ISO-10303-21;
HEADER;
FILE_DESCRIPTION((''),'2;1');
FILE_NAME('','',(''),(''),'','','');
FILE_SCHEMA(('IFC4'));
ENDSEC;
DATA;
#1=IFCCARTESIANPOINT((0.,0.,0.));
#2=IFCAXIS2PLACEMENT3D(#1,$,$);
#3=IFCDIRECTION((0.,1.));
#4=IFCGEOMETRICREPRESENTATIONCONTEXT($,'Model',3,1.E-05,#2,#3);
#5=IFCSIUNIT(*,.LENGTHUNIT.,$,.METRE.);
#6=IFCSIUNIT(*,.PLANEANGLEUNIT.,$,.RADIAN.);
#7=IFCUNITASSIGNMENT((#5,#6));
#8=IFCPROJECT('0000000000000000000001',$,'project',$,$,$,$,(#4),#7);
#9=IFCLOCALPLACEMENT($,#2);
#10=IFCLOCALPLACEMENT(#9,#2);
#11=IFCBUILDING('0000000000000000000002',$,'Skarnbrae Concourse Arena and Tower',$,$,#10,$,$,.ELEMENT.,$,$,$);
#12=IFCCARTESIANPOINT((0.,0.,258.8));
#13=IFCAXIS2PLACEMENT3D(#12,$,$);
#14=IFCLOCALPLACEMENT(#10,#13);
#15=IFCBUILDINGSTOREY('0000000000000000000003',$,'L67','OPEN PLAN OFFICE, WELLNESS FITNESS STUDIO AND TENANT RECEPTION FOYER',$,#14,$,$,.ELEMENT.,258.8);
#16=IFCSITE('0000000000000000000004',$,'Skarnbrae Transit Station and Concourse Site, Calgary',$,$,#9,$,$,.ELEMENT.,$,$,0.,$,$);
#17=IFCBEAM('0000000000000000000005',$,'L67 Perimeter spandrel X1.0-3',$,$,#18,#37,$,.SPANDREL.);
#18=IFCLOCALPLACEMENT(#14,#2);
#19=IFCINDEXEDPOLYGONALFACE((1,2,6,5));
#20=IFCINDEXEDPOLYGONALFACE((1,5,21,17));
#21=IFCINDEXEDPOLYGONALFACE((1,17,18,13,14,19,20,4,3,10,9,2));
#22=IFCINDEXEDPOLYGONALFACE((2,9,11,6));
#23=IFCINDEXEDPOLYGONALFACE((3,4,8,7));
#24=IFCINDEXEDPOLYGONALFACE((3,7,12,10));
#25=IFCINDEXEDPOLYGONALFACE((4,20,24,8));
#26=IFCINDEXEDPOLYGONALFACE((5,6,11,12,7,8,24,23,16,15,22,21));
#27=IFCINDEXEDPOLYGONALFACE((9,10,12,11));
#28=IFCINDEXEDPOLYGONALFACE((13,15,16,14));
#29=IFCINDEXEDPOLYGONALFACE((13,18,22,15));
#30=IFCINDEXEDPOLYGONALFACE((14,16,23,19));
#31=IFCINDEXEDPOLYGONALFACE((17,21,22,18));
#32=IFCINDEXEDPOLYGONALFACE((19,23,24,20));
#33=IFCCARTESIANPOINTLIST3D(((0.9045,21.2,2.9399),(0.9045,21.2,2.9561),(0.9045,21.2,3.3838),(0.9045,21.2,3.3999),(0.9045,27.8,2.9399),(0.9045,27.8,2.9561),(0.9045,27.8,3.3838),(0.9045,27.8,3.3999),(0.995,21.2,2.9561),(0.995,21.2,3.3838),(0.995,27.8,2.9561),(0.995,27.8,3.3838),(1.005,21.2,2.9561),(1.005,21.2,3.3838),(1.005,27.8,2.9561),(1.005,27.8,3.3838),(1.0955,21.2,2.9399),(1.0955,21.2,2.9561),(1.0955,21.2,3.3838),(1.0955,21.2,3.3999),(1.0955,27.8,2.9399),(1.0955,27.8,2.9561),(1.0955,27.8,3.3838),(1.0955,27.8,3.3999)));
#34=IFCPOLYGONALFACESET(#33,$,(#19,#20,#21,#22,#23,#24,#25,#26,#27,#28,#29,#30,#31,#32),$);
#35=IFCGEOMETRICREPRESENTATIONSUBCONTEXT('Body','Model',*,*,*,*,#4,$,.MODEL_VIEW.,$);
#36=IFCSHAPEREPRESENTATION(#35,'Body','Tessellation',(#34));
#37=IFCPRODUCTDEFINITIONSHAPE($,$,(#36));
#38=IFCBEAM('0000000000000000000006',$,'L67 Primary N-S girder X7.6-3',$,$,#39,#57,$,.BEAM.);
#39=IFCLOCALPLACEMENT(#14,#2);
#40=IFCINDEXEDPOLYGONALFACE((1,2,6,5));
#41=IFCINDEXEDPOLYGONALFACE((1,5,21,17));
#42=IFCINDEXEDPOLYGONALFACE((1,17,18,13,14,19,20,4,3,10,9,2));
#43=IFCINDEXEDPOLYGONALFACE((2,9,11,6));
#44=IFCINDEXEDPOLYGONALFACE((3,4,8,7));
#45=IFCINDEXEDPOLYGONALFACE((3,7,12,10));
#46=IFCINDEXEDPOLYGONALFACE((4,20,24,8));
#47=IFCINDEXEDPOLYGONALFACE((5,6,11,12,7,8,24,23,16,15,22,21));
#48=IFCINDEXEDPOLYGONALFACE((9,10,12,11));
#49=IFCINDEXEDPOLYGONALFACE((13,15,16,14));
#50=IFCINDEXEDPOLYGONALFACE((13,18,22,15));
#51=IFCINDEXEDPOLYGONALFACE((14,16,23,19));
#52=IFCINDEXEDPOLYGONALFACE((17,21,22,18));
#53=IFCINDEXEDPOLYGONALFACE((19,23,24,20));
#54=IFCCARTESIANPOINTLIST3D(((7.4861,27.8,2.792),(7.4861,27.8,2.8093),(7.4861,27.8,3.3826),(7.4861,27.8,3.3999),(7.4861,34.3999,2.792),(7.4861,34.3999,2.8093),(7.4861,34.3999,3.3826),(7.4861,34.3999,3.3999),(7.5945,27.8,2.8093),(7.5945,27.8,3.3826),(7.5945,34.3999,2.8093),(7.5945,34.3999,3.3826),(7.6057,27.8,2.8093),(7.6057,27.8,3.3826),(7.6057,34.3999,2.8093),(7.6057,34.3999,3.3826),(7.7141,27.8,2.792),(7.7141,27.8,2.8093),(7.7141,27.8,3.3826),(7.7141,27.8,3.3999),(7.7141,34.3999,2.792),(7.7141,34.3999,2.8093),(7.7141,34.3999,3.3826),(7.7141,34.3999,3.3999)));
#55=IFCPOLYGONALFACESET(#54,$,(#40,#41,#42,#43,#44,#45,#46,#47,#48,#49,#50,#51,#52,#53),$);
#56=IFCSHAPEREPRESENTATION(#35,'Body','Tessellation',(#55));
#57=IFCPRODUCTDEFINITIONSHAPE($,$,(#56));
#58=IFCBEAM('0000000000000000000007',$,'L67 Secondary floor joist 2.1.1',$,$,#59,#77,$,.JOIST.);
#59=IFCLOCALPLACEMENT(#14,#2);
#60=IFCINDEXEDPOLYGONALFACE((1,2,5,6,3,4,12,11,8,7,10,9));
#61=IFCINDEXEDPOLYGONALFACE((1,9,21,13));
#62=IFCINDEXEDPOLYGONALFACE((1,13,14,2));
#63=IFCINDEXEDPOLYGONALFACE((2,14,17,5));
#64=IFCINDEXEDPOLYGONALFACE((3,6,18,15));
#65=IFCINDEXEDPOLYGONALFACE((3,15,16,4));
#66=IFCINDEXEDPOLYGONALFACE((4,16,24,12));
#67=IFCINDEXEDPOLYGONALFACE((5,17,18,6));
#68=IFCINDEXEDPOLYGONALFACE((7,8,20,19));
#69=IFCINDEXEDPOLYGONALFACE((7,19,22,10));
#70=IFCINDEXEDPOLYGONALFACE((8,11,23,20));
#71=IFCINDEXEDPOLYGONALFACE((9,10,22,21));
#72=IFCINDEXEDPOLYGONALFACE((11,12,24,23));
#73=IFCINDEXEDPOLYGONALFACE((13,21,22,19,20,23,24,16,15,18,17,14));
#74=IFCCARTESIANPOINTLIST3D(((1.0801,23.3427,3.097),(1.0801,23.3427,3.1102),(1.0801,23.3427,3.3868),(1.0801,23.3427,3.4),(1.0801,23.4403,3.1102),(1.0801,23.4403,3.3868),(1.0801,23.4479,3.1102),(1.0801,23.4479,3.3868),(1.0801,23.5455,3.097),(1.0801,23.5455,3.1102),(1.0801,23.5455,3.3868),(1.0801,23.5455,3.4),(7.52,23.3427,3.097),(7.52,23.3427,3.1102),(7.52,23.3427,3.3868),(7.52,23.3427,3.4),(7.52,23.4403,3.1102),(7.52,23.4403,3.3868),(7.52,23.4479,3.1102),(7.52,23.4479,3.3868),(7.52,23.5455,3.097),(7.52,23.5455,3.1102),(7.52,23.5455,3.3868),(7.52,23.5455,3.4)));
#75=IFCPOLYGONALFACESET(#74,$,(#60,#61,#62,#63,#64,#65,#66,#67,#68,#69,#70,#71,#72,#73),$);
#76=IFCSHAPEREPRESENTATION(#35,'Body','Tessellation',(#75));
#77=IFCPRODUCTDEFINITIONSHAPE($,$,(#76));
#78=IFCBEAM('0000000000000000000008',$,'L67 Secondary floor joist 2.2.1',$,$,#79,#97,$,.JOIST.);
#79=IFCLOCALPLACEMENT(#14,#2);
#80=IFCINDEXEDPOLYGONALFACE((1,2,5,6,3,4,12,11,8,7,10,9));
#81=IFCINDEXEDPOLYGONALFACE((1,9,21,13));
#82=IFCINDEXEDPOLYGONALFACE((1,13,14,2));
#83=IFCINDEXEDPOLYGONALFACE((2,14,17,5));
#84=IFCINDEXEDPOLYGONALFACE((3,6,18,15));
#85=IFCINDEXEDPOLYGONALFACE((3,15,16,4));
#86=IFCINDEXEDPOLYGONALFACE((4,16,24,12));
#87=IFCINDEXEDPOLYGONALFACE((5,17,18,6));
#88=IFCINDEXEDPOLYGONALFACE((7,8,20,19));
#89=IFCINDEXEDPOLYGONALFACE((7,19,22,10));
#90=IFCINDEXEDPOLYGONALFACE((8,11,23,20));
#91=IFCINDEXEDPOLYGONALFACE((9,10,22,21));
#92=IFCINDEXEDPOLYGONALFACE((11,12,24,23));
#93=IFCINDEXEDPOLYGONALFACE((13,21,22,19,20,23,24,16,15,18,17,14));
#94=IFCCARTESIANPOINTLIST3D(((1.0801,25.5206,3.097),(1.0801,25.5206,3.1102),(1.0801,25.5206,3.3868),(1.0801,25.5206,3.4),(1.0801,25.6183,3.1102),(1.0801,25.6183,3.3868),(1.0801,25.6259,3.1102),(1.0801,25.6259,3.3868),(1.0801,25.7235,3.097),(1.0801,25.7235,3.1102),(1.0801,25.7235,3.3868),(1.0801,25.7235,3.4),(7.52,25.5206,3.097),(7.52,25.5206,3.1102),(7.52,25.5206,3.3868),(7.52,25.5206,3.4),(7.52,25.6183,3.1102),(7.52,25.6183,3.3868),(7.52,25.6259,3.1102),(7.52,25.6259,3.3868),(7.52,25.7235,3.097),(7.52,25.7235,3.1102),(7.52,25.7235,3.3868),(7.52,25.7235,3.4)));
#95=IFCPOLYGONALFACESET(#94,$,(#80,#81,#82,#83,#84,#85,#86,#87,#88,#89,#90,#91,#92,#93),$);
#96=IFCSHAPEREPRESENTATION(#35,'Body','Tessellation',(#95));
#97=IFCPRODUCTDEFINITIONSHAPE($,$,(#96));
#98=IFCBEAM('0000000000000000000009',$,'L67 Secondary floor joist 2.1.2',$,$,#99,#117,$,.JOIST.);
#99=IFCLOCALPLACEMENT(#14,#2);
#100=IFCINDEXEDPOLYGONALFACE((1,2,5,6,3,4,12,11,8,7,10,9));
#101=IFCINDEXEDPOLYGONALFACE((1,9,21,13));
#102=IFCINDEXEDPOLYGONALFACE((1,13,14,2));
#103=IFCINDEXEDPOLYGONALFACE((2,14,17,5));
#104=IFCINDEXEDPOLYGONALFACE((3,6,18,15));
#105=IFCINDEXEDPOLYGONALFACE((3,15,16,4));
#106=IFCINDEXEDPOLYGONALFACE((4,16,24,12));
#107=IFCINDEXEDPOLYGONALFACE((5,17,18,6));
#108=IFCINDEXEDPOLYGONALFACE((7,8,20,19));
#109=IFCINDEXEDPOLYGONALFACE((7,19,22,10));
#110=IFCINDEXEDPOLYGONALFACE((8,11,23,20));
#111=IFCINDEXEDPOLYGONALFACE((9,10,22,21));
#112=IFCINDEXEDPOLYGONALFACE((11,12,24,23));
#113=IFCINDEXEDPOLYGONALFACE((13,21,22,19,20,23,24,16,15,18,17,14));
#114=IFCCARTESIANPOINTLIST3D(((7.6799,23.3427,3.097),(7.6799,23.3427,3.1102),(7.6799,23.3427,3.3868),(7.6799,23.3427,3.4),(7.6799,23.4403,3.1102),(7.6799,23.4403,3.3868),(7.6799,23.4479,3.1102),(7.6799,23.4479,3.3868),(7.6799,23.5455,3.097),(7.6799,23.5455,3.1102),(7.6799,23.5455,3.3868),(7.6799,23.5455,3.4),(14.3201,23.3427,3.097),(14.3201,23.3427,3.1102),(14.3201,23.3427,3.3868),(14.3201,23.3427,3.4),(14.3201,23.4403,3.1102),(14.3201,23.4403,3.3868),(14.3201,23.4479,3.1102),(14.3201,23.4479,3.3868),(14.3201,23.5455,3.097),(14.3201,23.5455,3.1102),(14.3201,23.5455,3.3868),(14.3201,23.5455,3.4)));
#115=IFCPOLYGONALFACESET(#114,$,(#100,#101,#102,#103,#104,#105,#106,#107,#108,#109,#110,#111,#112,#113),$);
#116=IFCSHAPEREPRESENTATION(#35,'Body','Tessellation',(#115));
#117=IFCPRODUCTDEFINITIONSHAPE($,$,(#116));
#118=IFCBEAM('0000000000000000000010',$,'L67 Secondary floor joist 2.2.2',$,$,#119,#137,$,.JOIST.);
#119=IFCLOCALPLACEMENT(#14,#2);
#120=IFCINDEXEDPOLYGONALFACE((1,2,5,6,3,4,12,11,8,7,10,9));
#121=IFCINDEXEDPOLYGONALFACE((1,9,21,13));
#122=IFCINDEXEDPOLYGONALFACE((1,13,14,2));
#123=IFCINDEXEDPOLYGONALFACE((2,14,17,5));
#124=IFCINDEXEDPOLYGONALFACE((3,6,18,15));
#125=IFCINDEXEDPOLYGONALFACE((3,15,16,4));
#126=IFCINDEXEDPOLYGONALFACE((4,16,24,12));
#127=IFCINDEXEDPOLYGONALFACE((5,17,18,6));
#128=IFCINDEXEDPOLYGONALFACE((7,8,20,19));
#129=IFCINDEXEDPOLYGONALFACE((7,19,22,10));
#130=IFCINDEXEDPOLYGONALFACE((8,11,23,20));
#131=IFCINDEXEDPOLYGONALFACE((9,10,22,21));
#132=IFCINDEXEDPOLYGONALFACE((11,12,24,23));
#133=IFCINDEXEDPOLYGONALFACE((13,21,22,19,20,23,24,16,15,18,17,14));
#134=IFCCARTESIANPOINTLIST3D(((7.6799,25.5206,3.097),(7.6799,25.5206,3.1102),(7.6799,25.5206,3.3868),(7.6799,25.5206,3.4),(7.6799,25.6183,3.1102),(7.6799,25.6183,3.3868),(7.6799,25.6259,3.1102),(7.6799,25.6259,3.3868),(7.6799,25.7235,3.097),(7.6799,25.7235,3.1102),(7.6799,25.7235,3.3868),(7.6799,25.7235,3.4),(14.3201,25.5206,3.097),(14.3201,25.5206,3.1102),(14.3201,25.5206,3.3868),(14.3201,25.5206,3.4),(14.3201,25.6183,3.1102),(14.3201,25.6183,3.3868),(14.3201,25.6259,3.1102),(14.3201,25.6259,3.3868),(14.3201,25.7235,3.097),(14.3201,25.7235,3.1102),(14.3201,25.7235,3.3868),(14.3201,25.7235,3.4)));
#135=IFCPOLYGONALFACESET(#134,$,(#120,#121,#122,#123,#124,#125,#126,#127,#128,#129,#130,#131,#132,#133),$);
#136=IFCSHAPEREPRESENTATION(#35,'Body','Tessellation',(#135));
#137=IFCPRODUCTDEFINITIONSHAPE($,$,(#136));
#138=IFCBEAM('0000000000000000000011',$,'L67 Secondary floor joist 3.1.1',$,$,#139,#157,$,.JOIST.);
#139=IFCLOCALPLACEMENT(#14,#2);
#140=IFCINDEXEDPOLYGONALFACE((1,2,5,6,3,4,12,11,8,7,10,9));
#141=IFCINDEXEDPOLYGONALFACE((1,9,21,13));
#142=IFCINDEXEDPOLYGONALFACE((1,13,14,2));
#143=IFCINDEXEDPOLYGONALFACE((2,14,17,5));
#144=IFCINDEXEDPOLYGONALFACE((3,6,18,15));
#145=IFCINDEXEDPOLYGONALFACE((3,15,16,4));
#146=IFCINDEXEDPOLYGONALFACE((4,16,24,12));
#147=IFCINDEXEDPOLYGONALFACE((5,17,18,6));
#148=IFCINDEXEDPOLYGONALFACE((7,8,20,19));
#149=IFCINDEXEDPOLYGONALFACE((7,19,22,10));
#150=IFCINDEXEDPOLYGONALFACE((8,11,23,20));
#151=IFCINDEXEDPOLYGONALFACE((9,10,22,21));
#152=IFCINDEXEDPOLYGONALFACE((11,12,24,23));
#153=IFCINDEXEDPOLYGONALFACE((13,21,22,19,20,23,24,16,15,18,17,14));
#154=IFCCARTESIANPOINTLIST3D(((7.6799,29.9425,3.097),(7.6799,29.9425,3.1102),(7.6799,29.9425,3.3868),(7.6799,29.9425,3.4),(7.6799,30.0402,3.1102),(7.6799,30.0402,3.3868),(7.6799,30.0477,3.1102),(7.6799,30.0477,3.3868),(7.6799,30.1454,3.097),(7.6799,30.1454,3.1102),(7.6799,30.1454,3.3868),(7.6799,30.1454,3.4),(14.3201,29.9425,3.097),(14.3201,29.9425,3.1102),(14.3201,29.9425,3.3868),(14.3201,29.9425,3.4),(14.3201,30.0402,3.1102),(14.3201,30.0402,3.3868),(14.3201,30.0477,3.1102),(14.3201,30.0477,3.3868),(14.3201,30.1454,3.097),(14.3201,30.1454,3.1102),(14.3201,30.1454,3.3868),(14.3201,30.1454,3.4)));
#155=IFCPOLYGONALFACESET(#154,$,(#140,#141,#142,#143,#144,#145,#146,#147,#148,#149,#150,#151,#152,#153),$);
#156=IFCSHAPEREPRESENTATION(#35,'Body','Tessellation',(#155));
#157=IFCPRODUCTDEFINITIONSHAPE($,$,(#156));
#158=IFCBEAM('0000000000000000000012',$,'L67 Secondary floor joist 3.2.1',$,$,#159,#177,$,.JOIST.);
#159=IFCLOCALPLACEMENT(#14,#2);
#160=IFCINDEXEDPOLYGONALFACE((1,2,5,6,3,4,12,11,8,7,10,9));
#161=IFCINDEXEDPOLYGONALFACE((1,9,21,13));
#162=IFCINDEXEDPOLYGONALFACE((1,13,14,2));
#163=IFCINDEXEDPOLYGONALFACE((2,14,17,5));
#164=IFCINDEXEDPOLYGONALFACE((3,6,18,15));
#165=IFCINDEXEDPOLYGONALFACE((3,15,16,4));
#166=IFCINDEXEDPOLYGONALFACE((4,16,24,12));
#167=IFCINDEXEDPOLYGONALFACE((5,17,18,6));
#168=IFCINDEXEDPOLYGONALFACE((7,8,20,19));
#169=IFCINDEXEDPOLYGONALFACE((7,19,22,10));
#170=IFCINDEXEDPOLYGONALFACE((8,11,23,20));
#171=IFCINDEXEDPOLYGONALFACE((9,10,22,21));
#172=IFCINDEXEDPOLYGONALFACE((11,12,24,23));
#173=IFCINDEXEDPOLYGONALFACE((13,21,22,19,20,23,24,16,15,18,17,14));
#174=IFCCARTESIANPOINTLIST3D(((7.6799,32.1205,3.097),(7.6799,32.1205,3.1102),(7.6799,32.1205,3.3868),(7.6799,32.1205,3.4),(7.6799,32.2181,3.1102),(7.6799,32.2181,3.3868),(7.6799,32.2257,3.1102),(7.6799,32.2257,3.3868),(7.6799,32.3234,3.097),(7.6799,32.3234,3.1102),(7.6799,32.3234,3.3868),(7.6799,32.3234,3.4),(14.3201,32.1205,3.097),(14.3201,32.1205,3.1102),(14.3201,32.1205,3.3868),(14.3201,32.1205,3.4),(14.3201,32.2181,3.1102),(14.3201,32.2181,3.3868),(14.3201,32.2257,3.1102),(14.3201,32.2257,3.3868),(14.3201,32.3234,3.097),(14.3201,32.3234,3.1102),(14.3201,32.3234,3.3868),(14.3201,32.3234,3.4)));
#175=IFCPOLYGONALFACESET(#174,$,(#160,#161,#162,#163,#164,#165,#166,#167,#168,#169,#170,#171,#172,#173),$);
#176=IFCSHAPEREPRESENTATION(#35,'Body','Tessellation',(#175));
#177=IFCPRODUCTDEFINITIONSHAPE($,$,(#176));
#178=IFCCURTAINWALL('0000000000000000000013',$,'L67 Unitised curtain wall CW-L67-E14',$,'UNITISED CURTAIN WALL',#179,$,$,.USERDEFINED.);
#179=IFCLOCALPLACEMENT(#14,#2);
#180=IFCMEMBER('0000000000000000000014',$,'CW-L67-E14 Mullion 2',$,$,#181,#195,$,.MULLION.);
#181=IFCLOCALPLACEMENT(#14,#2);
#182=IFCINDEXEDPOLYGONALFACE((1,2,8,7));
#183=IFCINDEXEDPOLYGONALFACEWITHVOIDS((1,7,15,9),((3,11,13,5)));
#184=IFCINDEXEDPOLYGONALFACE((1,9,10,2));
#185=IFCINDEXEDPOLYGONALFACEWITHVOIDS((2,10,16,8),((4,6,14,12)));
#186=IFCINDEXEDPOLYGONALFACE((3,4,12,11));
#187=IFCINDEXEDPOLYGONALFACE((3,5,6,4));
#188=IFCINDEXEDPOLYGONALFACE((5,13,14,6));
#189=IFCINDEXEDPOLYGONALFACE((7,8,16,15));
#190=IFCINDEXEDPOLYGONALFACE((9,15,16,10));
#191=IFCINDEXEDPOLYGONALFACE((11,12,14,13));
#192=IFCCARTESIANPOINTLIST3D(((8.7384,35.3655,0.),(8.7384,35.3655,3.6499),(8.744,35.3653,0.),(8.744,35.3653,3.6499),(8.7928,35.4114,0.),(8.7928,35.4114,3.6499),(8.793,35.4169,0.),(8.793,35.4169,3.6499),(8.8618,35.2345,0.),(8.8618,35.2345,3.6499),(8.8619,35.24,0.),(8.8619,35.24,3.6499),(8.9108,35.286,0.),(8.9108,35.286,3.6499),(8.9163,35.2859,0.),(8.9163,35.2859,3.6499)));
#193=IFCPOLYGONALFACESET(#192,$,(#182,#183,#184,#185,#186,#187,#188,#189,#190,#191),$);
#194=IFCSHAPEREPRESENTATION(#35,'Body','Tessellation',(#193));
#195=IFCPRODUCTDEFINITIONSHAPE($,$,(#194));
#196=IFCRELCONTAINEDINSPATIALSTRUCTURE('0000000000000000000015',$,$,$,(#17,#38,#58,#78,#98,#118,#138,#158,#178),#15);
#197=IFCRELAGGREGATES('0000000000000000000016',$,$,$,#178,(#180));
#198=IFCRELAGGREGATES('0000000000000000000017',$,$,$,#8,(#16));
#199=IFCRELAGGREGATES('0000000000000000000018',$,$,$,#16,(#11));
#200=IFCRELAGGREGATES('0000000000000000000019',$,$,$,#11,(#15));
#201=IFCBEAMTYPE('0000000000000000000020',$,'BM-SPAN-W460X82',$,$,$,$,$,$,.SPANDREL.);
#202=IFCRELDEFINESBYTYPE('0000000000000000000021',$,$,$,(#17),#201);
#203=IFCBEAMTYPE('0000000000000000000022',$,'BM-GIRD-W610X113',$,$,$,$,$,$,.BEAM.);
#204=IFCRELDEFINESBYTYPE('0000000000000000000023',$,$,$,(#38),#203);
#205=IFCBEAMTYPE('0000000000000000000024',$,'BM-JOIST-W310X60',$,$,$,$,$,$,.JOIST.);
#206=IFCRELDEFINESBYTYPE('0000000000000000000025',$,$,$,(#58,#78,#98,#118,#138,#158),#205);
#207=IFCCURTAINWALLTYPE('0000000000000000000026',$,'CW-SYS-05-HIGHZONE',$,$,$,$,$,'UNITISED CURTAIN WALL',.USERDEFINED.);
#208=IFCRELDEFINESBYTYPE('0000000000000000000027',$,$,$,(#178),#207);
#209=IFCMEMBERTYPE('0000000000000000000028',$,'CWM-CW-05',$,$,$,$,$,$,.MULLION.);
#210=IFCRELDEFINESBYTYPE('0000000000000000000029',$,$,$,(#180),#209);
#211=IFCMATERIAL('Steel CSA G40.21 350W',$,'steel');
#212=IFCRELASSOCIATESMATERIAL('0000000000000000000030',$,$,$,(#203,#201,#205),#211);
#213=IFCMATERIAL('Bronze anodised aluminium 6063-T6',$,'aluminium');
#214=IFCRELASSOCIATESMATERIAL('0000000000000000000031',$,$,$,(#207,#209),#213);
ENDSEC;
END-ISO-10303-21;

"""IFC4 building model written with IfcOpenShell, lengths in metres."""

from ifc_helpers import new_model, si_unit, direction, frame, origin, origin_2d, place, context, subcontext, project, spatial, hollow_rectangle, i_section, extrude, source, transform, mapped, material, material_profile, profile_set, type_object, element, aggregate, save


model = new_model("IFC4")

# Units and contexts
model_context = context("Model", 3, precision=1e-05, world=origin(), true_north=direction((0.0, 1.0)))
body_context = subcontext(model_context, "Body", "Model", "MODEL_VIEW")
ifc_project = project(units=[si_unit("LENGTHUNIT", "METRE"), si_unit("PLANEANGLEUNIT", "RADIAN")], contexts=[model_context])

# Site, building, storey
site_placement = place(None, origin())
site = spatial("IfcSite", under=ifc_project, at=site_placement, Name="Skarnbrae Transit Station and Concourse Site, Calgary", CompositionType="ELEMENT", RefElevation=0.0)
building_placement = place(site_placement, origin())
building = spatial("IfcBuilding", under=site, at=building_placement, Name="Skarnbrae Concourse Arena and Tower", CompositionType="ELEMENT")
storey_placement = place(building_placement, frame((0.0, 0.0, 258.8)))
storey = spatial("IfcBuildingStorey", under=building, at=storey_placement, Name="L67", Description="OPEN PLAN OFFICE, WELLNESS FITNESS STUDIO AND TENANT RECEPTION FOYER", CompositionType="ELEMENT", Elevation=258.8)

# Shared definitions
ifc_material_1 = material(Name="Steel CSA G40.21 350W", Category="steel")

# Beams
ifc_material_profile_1 = material_profile(ifc_material_1, i_section(OverallWidth=0.228, OverallDepth=0.6079, WebThickness=0.0112, FlangeThickness=0.0173, at=origin_2d()), Name="W610X113")
ifc_profile_set_1 = profile_set([ifc_material_profile_1], Name="Steel CSA G40.21 350W")
beam_type_1 = type_object("IfcBeamType", Name="BM-GIRD-W610X113", PredefinedType="BEAM", material=ifc_profile_set_1)
ifc_material_profile_2 = material_profile(ifc_material_1, i_section(OverallWidth=0.1909, OverallDepth=0.46, WebThickness=0.01, FlangeThickness=0.0161, at=origin_2d()), Name="W460X82")
ifc_profile_set_2 = profile_set([ifc_material_profile_2], Name="Steel CSA G40.21 350W")
beam_type_2 = type_object("IfcBeamType", Name="BM-SPAN-W460X82", PredefinedType="SPANDREL", material=ifc_profile_set_2)
shared_shape_1 = source(origin(), body_context, "Body", "SweptSolid", [
    extrude(i_section(OverallWidth=0.1909, OverallDepth=0.46, WebThickness=0.01, FlangeThickness=0.0161, at=origin_2d()), origin(), (0.0, 0.0, 1.0), 6.6001),
])
beam_1_placement = place(storey_placement, frame((1.0, 21.2, 3.1699), z_axis=(0.0, 1.0, 0.0), x_axis=(-1.0, 0.0, 0.0)))
element("IfcBeam", 1, at=beam_1_placement, inside=storey, type_object=beam_type_2, Name="L67 Perimeter spandrel X1.0-3", PredefinedType="SPANDREL", context=body_context, shape_type="MappedRepresentation", body=[
    mapped(shared_shape_1, transform((0.0, 0.0, 0.0))),
])
shared_shape_2 = source(origin(), body_context, "Body", "SweptSolid", [
    extrude(i_section(OverallWidth=0.228, OverallDepth=0.6079, WebThickness=0.0112, FlangeThickness=0.0173, at=origin_2d()), origin(), (0.0, 0.0, 1.0), 6.5999),
])
beam_2_placement = place(storey_placement, frame((7.6001, 27.8, 3.0959), z_axis=(0.0, 1.0, 0.0), x_axis=(-1.0, 0.0, 0.0)))
element("IfcBeam", 2, at=beam_2_placement, inside=storey, type_object=beam_type_1, Name="L67 Primary N-S girder X7.6-3", PredefinedType="BEAM", context=body_context, shape_type="MappedRepresentation", body=[
    mapped(shared_shape_2, transform((0.0, 0.0, 0.0))),
])
ifc_material_profile_3 = material_profile(ifc_material_1, i_section(OverallWidth=0.2029, OverallDepth=0.303, WebThickness=0.0076, FlangeThickness=0.0132, at=origin_2d()), Name="W310X60")
ifc_profile_set_3 = profile_set([ifc_material_profile_3], Name="Steel CSA G40.21 350W")
beam_type_3 = type_object("IfcBeamType", Name="BM-JOIST-W310X60", PredefinedType="JOIST", material=ifc_profile_set_3)
shared_shape_3 = source(origin(), body_context, "Body", "SweptSolid", [
    extrude(i_section(OverallWidth=0.2029, OverallDepth=0.303, WebThickness=0.0076, FlangeThickness=0.0132, at=origin_2d()), origin(), (0.0, 0.0, 1.0), 6.4399),
])
for number, where, z_axis, x_axis, name in (
    (3, (1.0801, 23.4441, 3.2485), (1.0, 0.0, 0.0), (0.0, 1.0, 0.0), "L67 Secondary floor joist 2.1.1"),
    (4, (1.0801, 25.6221, 3.2485), (1.0, 0.0, 0.0), (0.0, 1.0, 0.0), "L67 Secondary floor joist 2.2.1"),
):
    element("IfcBeam", number, at=place(storey_placement, frame(where, z_axis=z_axis, x_axis=x_axis)), inside=storey, type_object=beam_type_3, Name=name, PredefinedType="JOIST", context=body_context, shape_type="MappedRepresentation", body=[
        mapped(shared_shape_3, transform((0.0, 0.0, 0.0))),
    ])
shared_shape_4 = source(origin(), body_context, "Body", "SweptSolid", [
    extrude(i_section(OverallWidth=0.2029, OverallDepth=0.303, WebThickness=0.0076, FlangeThickness=0.0132, at=origin_2d()), origin(), (0.0, 0.0, 1.0), 6.6401),
])
for number, where, z_axis, x_axis, name in (
    (5, (7.6799, 23.4441, 3.2485), (1.0, 0.0, 0.0), (0.0, 1.0, 0.0), "L67 Secondary floor joist 2.1.2"),
    (6, (7.6799, 25.6221, 3.2485), (1.0, 0.0, 0.0), (0.0, 1.0, 0.0), "L67 Secondary floor joist 2.2.2"),
    (7, (7.6799, 30.0439, 3.2485), (1.0, 0.0, 0.0), (0.0, 1.0, 0.0), "L67 Secondary floor joist 3.1.1"),
    (8, (7.6799, 32.2219, 3.2485), (1.0, 0.0, 0.0), (0.0, 1.0, 0.0), "L67 Secondary floor joist 3.2.1"),
):
    element("IfcBeam", number, at=place(storey_placement, frame(where, z_axis=z_axis, x_axis=x_axis)), inside=storey, type_object=beam_type_3, Name=name, PredefinedType="JOIST", context=body_context, shape_type="MappedRepresentation", body=[
        mapped(shared_shape_4, transform((0.0, 0.0, 0.0))),
    ])

# Curtain wall, member
ifc_material_2 = material(Name="Bronze anodised aluminium 6063-T6", Category="aluminium")
curtain_wall_type = type_object("IfcCurtainWallType", Name="CW-SYS-05-HIGHZONE", ElementType="UNITISED CURTAIN WALL", PredefinedType="USERDEFINED", material=ifc_material_2)
curtain_wall_1_placement = place(storey_placement, origin())
curtain_wall_1 = element("IfcCurtainWall", 9, at=curtain_wall_1_placement, inside=storey, type_object=curtain_wall_type, Name="L67 Unitised curtain wall CW-L67-E14", ObjectType="UNITISED CURTAIN WALL", PredefinedType="USERDEFINED")
ifc_material_profile_4 = material_profile(ifc_material_2, hollow_rectangle(XDim=0.075, YDim=0.1799, WallThickness=0.0039, at=origin_2d()), Name="ALU-MULL-75X180")
ifc_profile_set_4 = profile_set([ifc_material_profile_4], Name="Bronze anodised aluminium 6063-T6")
member_type_1 = type_object("IfcMemberType", Name="CWM-CW-05", PredefinedType="MULLION", material=ifc_profile_set_4)
shared_shape_5 = source(origin(), body_context, "Body", "SweptSolid", [
    extrude(hollow_rectangle(XDim=0.075, YDim=0.1799, WallThickness=0.0039, at=origin_2d()), origin(), (0.0, 0.0, 1.0), 3.6499),
])
member_1_placement = place(storey_placement, frame((8.8274, 35.3257, 0.0), z_axis=(0.0, 0.0, 1.0), x_axis=(-0.728131, -0.685438, 0.0)))
member_1 = element("IfcMember", 10, at=member_1_placement, type_object=member_type_1, Name="CW-L67-E14 Mullion 2", PredefinedType="MULLION", context=body_context, shape_type="MappedRepresentation", body=[
    mapped(shared_shape_5, transform((0.0, 0.0, 0.0))),
])

aggregate(curtain_wall_1, [member_1])

save(model, "model.ifc")
